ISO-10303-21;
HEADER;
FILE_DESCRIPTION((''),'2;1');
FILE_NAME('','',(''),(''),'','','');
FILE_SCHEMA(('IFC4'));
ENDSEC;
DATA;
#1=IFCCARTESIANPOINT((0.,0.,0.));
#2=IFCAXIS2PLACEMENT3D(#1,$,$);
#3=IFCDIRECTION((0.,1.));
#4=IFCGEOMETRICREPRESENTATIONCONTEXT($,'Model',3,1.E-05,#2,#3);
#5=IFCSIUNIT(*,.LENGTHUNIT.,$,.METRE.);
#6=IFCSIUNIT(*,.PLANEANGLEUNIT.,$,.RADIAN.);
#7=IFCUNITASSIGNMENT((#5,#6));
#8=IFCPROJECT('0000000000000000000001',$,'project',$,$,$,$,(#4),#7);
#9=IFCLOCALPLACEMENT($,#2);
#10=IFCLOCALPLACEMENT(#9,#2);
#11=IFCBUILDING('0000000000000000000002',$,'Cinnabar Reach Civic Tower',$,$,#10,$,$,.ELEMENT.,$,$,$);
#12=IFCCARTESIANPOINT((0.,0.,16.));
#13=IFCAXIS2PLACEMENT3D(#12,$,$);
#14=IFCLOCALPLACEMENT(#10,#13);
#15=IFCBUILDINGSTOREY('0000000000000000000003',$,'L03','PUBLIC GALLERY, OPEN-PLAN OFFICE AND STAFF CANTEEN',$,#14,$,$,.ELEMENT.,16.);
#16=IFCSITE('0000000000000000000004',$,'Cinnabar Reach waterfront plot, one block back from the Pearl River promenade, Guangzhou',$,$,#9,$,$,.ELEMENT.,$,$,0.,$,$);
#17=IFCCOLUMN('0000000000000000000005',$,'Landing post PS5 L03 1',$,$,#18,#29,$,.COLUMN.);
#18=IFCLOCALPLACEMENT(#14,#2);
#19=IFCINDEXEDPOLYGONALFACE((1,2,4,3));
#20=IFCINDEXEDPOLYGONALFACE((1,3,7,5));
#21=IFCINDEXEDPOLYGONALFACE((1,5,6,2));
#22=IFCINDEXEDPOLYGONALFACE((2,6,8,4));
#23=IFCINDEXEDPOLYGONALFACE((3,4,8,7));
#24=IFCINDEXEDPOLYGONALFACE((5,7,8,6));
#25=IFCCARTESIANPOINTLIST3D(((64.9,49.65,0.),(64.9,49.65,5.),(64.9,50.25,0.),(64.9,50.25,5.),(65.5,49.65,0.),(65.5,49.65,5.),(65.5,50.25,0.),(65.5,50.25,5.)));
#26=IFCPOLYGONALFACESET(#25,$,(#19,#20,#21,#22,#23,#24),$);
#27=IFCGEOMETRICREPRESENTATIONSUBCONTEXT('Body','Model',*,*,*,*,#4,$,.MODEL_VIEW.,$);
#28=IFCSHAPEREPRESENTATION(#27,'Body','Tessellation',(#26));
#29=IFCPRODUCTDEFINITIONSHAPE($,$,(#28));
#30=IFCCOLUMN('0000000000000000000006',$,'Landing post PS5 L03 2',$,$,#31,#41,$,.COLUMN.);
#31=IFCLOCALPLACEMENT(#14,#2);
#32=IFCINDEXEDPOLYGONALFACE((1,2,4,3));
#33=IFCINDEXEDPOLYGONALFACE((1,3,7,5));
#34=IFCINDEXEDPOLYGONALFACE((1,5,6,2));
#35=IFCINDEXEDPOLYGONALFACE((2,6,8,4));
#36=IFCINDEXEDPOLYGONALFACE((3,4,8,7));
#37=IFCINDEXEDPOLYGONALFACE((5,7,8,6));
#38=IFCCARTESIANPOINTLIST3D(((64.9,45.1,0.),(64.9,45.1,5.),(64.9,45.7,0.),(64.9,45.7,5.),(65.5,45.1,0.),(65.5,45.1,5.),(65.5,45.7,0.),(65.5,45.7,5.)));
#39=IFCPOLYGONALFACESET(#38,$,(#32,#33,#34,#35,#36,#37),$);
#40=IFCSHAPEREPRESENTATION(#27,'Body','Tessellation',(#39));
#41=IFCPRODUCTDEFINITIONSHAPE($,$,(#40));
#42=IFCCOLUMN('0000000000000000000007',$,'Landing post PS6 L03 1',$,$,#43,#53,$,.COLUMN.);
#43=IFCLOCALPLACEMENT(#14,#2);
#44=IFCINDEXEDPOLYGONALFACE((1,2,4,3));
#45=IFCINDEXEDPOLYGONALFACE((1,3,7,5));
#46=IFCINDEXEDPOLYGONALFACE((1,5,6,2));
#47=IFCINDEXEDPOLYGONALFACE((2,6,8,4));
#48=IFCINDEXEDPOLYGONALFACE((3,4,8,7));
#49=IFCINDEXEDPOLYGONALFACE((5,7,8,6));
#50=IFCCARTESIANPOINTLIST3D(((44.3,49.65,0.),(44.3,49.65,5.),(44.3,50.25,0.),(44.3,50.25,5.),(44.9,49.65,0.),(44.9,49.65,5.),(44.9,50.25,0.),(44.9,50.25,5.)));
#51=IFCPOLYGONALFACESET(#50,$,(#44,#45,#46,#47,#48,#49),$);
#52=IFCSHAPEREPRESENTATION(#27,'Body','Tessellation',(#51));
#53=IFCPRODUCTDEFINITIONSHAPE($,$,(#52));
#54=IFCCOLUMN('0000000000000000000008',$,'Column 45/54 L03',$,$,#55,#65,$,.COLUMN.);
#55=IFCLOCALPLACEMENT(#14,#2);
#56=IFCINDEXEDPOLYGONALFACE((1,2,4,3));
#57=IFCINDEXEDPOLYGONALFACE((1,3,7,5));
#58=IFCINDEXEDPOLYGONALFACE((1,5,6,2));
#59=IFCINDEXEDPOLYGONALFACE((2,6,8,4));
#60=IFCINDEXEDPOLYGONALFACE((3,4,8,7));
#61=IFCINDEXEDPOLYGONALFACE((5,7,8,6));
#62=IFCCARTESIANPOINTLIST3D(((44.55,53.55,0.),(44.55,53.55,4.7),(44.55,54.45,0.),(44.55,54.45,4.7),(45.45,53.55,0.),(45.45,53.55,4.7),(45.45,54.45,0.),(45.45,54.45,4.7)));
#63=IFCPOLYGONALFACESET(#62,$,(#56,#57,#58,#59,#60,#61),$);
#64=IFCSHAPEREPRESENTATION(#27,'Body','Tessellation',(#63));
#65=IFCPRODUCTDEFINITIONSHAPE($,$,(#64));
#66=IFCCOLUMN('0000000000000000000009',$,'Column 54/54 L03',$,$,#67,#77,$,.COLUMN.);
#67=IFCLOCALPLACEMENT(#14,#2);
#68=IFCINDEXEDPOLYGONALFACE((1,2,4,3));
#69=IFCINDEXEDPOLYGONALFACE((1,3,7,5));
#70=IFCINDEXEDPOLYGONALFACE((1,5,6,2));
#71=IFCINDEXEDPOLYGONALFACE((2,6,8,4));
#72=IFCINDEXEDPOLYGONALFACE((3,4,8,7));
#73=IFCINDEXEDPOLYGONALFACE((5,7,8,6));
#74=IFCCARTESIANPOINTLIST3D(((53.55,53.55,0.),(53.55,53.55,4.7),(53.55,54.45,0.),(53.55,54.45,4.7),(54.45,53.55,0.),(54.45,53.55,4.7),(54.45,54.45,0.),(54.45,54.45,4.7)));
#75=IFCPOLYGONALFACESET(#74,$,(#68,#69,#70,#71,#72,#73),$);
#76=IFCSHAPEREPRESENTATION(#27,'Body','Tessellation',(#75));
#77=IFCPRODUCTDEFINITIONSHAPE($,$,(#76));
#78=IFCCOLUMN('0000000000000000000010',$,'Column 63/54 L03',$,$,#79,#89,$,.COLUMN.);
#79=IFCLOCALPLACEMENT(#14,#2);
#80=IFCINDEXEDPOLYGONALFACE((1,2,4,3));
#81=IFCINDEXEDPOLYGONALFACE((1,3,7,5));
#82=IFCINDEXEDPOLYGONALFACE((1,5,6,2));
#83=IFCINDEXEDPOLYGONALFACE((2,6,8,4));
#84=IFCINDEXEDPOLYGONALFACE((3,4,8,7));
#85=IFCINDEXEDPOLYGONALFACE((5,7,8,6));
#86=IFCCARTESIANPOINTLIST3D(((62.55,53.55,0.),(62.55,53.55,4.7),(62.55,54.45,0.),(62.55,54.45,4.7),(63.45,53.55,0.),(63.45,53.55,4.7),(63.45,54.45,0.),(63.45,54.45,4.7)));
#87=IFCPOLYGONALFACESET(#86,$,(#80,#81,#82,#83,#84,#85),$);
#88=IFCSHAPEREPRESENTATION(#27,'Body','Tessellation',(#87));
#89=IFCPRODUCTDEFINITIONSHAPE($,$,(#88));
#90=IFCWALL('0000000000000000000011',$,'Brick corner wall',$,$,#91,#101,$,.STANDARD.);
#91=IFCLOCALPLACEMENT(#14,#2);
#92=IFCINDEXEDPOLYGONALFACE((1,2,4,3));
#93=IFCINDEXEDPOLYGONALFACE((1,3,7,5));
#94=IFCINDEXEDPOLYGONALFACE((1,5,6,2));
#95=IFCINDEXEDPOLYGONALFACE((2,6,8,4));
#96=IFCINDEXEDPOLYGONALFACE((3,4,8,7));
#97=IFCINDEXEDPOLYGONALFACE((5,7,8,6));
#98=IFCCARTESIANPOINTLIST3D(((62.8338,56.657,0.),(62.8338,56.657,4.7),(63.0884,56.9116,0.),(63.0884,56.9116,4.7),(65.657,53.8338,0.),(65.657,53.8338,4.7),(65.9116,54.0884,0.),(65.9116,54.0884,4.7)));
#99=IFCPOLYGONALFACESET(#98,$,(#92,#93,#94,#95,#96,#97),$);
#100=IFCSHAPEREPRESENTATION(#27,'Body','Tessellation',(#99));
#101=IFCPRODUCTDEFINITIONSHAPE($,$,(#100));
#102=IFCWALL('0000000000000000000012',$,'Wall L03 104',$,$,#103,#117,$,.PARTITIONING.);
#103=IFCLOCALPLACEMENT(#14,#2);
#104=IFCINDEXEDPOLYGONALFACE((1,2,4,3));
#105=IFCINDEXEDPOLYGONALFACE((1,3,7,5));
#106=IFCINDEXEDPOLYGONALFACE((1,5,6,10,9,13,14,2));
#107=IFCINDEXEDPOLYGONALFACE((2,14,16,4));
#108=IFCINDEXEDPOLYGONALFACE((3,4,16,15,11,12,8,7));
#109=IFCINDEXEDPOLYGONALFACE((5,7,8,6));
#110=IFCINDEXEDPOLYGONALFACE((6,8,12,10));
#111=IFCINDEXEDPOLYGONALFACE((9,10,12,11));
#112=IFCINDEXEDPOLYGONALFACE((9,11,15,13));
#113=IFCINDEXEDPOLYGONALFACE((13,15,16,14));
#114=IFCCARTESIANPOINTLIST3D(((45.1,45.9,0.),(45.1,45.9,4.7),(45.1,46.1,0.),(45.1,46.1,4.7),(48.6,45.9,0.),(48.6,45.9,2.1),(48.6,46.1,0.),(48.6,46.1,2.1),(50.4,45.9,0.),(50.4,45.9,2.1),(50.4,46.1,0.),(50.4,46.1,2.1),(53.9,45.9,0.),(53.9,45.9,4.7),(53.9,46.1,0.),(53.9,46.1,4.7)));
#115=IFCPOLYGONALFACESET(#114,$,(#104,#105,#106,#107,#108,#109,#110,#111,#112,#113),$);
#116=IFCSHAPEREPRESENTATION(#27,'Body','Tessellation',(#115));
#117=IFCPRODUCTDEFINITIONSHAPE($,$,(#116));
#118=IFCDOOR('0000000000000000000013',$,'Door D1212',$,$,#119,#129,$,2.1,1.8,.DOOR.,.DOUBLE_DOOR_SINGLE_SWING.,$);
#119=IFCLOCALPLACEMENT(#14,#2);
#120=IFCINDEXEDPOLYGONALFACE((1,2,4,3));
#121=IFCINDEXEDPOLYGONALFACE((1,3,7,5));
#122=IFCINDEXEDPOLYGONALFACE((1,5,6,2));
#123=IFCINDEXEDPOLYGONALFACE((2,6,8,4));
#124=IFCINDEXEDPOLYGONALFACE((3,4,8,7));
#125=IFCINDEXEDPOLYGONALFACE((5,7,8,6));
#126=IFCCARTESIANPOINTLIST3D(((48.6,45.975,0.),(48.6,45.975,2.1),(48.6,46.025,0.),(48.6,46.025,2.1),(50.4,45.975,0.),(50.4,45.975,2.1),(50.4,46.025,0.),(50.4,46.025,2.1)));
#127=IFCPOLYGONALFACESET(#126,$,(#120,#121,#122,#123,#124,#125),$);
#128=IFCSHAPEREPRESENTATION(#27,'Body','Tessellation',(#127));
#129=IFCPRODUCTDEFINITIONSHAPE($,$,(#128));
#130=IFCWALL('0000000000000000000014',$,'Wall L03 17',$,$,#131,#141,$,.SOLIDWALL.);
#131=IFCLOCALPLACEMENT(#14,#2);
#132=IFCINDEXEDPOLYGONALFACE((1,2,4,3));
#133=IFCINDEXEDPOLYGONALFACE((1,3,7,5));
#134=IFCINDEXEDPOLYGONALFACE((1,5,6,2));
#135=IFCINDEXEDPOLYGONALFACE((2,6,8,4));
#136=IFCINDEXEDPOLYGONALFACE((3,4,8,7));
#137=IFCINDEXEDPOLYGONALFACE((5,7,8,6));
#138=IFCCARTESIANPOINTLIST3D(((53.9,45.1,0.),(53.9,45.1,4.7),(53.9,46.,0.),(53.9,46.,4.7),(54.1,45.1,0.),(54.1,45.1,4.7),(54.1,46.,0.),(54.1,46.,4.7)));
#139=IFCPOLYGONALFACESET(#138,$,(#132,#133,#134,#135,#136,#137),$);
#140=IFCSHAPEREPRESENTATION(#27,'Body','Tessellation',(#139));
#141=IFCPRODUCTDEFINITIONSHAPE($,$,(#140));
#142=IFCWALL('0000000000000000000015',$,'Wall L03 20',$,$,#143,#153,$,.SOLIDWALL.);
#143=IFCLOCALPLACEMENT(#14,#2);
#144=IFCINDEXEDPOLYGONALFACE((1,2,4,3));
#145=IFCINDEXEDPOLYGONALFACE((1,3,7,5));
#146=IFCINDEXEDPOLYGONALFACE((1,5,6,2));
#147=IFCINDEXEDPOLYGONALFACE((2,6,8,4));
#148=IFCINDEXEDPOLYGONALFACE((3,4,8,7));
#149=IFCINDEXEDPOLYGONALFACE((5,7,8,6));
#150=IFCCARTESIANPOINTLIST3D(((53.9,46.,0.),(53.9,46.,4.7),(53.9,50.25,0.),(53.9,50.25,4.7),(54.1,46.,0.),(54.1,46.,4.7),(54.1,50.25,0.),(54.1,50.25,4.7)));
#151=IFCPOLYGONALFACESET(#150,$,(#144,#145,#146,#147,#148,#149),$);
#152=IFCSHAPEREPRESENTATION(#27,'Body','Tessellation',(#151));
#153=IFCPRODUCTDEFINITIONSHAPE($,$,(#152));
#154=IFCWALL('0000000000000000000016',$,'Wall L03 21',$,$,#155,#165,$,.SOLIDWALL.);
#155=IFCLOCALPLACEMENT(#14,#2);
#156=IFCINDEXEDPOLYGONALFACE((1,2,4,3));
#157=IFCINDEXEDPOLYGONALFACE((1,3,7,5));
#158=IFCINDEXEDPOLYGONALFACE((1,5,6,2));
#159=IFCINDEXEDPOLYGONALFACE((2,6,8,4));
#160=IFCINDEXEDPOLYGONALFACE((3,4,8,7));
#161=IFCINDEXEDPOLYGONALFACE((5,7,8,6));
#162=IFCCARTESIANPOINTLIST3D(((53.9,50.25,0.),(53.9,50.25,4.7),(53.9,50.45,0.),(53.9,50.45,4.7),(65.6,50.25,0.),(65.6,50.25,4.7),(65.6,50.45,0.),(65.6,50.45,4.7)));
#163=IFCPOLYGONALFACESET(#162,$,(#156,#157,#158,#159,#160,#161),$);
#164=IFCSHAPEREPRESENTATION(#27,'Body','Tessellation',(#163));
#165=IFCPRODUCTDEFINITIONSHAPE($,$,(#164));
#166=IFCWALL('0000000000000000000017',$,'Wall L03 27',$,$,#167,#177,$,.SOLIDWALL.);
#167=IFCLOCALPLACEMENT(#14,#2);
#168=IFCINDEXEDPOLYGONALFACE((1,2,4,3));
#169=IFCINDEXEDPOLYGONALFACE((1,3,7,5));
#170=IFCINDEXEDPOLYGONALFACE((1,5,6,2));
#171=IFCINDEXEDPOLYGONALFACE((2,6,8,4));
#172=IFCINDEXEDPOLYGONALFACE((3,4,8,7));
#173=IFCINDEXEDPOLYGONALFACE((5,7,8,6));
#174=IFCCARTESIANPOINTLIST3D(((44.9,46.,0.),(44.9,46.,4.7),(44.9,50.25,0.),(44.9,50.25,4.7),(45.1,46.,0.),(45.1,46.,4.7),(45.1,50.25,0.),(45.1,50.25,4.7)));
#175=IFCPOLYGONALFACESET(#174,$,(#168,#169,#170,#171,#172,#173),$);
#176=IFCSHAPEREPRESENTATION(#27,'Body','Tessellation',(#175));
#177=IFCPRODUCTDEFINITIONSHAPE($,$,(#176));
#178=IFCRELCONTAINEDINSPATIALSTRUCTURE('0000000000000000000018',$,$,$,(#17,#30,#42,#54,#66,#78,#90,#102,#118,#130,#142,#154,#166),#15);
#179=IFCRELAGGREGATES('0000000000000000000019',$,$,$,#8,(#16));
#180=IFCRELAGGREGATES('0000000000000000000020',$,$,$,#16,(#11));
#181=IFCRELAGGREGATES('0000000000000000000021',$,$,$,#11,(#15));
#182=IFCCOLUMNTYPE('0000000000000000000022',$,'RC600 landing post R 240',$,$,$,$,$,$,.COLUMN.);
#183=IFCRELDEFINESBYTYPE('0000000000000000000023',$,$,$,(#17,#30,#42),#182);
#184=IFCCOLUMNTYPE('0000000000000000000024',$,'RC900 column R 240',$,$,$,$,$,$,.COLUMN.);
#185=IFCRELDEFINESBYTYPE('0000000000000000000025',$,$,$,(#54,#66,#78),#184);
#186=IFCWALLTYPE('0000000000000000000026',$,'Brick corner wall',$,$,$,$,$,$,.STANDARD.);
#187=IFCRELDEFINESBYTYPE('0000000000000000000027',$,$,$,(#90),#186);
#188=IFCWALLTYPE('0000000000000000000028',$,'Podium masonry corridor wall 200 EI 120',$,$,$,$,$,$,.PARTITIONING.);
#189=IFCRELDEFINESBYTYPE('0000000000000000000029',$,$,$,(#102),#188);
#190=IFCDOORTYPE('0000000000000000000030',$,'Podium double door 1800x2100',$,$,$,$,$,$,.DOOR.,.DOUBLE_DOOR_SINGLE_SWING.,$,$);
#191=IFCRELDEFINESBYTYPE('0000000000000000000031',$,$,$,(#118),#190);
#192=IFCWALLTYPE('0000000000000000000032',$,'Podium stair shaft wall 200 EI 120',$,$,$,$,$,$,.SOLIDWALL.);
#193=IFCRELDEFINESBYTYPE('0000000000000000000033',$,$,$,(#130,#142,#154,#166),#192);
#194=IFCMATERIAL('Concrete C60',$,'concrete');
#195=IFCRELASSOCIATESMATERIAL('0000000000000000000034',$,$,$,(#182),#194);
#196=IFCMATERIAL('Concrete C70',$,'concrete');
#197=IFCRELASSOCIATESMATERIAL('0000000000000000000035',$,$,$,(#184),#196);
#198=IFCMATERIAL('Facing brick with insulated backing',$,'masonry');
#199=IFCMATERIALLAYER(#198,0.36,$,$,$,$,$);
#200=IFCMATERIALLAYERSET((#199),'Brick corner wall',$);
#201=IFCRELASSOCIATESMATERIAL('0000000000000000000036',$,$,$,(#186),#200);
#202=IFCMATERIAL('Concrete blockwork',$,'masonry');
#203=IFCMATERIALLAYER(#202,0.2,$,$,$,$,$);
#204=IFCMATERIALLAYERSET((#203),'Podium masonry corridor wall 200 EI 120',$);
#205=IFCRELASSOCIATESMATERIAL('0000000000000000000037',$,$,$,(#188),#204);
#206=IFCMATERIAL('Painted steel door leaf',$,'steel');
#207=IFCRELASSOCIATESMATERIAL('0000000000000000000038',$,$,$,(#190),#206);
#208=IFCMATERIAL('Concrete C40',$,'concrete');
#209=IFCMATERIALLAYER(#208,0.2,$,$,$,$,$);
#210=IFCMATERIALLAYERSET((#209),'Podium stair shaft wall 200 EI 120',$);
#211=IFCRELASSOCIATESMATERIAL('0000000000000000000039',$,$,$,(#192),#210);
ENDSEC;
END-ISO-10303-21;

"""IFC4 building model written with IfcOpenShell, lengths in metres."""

from ifc_helpers import new_model, si_unit, direction, frame, frame_2d, origin, origin_2d, place, context, subcontext, project, spatial, rectangle, extrude, material, layer, layer_set, material_profile, profile_set, type_object, element, fill, save


model = new_model("IFC4")

# Units and contexts
model_context = context("Model", 3, precision=1e-05, world=origin(), true_north=direction((0.0, 1.0)))
body_context = subcontext(model_context, "Body", "Model", "MODEL_VIEW")
ifc_project = project(units=[si_unit("LENGTHUNIT", "METRE"), si_unit("PLANEANGLEUNIT", "RADIAN")], contexts=[model_context])

# Site, building, storey
site_placement = place(None, origin())
site = spatial("IfcSite", under=ifc_project, at=site_placement, Name="Cinnabar Reach waterfront plot, one block back from the Pearl River promenade, Guangzhou", CompositionType="ELEMENT", RefElevation=0.0)
building_placement = place(site_placement, origin())
building = spatial("IfcBuilding", under=site, at=building_placement, Name="Cinnabar Reach Civic Tower", CompositionType="ELEMENT")
storey_placement = place(building_placement, frame((0.0, 0.0, 16.0)))
storey = spatial("IfcBuildingStorey", under=building, at=storey_placement, Name="L03", Description="PUBLIC GALLERY, OPEN-PLAN OFFICE AND STAFF CANTEEN", CompositionType="ELEMENT", Elevation=16.0)

# Columns
ifc_material_1 = material(Name="Concrete C60", Category="concrete")
ifc_material_profile_1 = material_profile(ifc_material_1, rectangle(XDim=0.6, YDim=0.6, at=origin_2d()), Name="RC600")
ifc_profile_set_1 = profile_set([ifc_material_profile_1], Name="Concrete C60")
column_type_1 = type_object("IfcColumnType", Name="RC600 landing post R 240", PredefinedType="COLUMN", material=ifc_profile_set_1)
for number, where, z_axis, x_axis, name in (
    (1, (65.2, 49.95, 0.0), (0.0, 0.0, 1.0), (1.0, 0.0, 0.0), "Landing post PS5 L03 1"),
    (2, (65.2, 45.4, 0.0), (0.0, 0.0, 1.0), (1.0, 0.0, 0.0), "Landing post PS5 L03 2"),
    (3, (44.6, 49.95, 0.0), (0.0, 0.0, 1.0), (1.0, 0.0, 0.0), "Landing post PS6 L03 1"),
):
    element("IfcColumn", number, at=place(storey_placement, frame(where, z_axis=z_axis, x_axis=x_axis)), inside=storey, type_object=column_type_1, Name=name, PredefinedType="COLUMN", context=body_context, shape_type="SweptSolid", body=[
        extrude(rectangle(XDim=0.6, YDim=0.6, at=origin_2d()), origin(), (0.0, 0.0, 1.0), 5.0),
    ])
ifc_material_2 = material(Name="Concrete C70", Category="concrete")
ifc_material_profile_2 = material_profile(ifc_material_2, rectangle(XDim=0.9, YDim=0.9, at=origin_2d()), Name="RC900")
ifc_profile_set_2 = profile_set([ifc_material_profile_2], Name="Concrete C70")
column_type_2 = type_object("IfcColumnType", Name="RC900 column R 240", PredefinedType="COLUMN", material=ifc_profile_set_2)
for number, where, z_axis, x_axis, name in (
    (4, (45.0, 54.0, 0.0), (0.0, 0.0, 1.0), (1.0, 0.0, 0.0), "Column 45/54 L03"),
    (5, (54.0, 54.0, 0.0), (0.0, 0.0, 1.0), (1.0, 0.0, 0.0), "Column 54/54 L03"),
    (6, (63.0, 54.0, 0.0), (0.0, 0.0, 1.0), (1.0, 0.0, 0.0), "Column 63/54 L03"),
):
    element("IfcColumn", number, at=place(storey_placement, frame(where, z_axis=z_axis, x_axis=x_axis)), inside=storey, type_object=column_type_2, Name=name, PredefinedType="COLUMN", context=body_context, shape_type="SweptSolid", body=[
        extrude(rectangle(XDim=0.9, YDim=0.9, at=origin_2d()), origin(), (0.0, 0.0, 1.0), 4.7),
    ])

# Wall
ifc_material_3 = material(Name="Facing brick with insulated backing", Category="masonry")
ifc_layer_1 = layer(ifc_material_3, 0.36)
ifc_layer_set_1 = layer_set([ifc_layer_1], Name="Brick corner wall")
wall_type_1 = type_object("IfcWallType", Name="Brick corner wall", PredefinedType="STANDARD", material=ifc_layer_set_1)
wall_1_placement = place(storey_placement, frame((65.7843, 53.9611, 0.0), z_axis=(0.0, 0.0, 1.0), x_axis=(-0.707107, 0.707107, 0.0)))
element("IfcWall", 7, at=wall_1_placement, inside=storey, type_object=wall_type_1, Name="Brick corner wall", PredefinedType="STANDARD", context=body_context, shape_type="SweptSolid", body=[
    extrude(rectangle(XDim=3.9926, YDim=0.36, at=frame_2d((1.9963, 0.0))), origin(), (0.0, 0.0, 1.0), 4.7),
])

# Wall, opening, door
ifc_material_4 = material(Name="Concrete blockwork", Category="masonry")
ifc_layer_2 = layer(ifc_material_4, 0.2)
ifc_layer_set_2 = layer_set([ifc_layer_2], Name="Podium masonry corridor wall 200 EI 120")
wall_type_2 = type_object("IfcWallType", Name="Podium masonry corridor wall 200 EI 120", PredefinedType="PARTITIONING", material=ifc_layer_set_2)
wall_2_placement = place(storey_placement, frame((45.1, 46.0, 0.0), z_axis=(0.0, 0.0, 1.0), x_axis=(1.0, 0.0, 0.0)))
wall_2 = element("IfcWall", 8, at=wall_2_placement, inside=storey, type_object=wall_type_2, Name="Wall L03 104", PredefinedType="PARTITIONING", context=body_context, shape_type="SweptSolid", body=[
    extrude(rectangle(XDim=8.8, YDim=0.2, at=frame_2d((4.4, 0.0))), origin(), (0.0, 0.0, 1.0), 4.7),
])
opening_placement = place(wall_2_placement, frame((3.5, 0.0, 0.0)))
opening = element("IfcOpeningElement", 9, at=opening_placement, cuts=wall_2, PredefinedType="OPENING", context=body_context, shape_type="SweptSolid", body=[
    extrude(rectangle(XDim=1.8, YDim=2.1, at=frame_2d((0.9, 1.05))), frame((0.0, 0.11, 0.0), z_axis=(0.0, -1.0, 0.0), x_axis=(1.0, 0.0, 0.0)), (0.0, 0.0, 1.0), 0.22),
])
ifc_material_5 = material(Name="Painted steel door leaf", Category="steel")
door_type = type_object("IfcDoorType", Name="Podium double door 1800x2100", OperationType="DOUBLE_DOOR_SINGLE_SWING", PredefinedType="DOOR", material=ifc_material_5)
door_placement = place(opening_placement, frame((1.8, 0.0, 0.0), z_axis=(0.0, 0.0, 1.0), x_axis=(-1.0, 0.0, 0.0)))
door = element("IfcDoor", 10, at=door_placement, inside=storey, type_object=door_type, Name="Door D1212", OperationType="DOUBLE_DOOR_SINGLE_SWING", OverallHeight=2.1, OverallWidth=1.8, PredefinedType="DOOR", context=body_context, shape_type="SweptSolid", body=[
    extrude(rectangle(XDim=1.8, YDim=2.1, at=frame_2d((0.9, 1.05))), frame((0.0, 0.025, 0.0), z_axis=(0.0, -1.0, 0.0), x_axis=(1.0, 0.0, 0.0)), (0.0, 0.0, 1.0), 0.05),
])
fill(opening, door)

# Walls
ifc_material_6 = material(Name="Concrete C40", Category="concrete")
ifc_layer_3 = layer(ifc_material_6, 0.2)
ifc_layer_set_3 = layer_set([ifc_layer_3], Name="Podium stair shaft wall 200 EI 120")
wall_type_3 = type_object("IfcWallType", Name="Podium stair shaft wall 200 EI 120", PredefinedType="SOLIDWALL", material=ifc_layer_set_3)
wall_3_placement = place(storey_placement, frame((54.0, 45.1, 0.0), z_axis=(0.0, 0.0, 1.0), x_axis=(0.0, 1.0, 0.0)))
element("IfcWall", 11, at=wall_3_placement, inside=storey, type_object=wall_type_3, Name="Wall L03 17", PredefinedType="SOLIDWALL", context=body_context, shape_type="SweptSolid", body=[
    extrude(rectangle(XDim=0.9, YDim=0.2, at=frame_2d((0.45, 0.0))), origin(), (0.0, 0.0, 1.0), 4.7),
])
wall_4_placement = place(storey_placement, frame((54.0, 46.0, 0.0), z_axis=(0.0, 0.0, 1.0), x_axis=(0.0, 1.0, 0.0)))
element("IfcWall", 12, at=wall_4_placement, inside=storey, type_object=wall_type_3, Name="Wall L03 20", PredefinedType="SOLIDWALL", context=body_context, shape_type="SweptSolid", body=[
    extrude(rectangle(XDim=4.25, YDim=0.2, at=frame_2d((2.125, 0.0))), origin(), (0.0, 0.0, 1.0), 4.7),
])
wall_5_placement = place(storey_placement, frame((53.9, 50.35, 0.0), z_axis=(0.0, 0.0, 1.0), x_axis=(1.0, 0.0, 0.0)))
element("IfcWall", 13, at=wall_5_placement, inside=storey, type_object=wall_type_3, Name="Wall L03 21", PredefinedType="SOLIDWALL", context=body_context, shape_type="SweptSolid", body=[
    extrude(rectangle(XDim=11.7, YDim=0.2, at=frame_2d((5.85, 0.0))), origin(), (0.0, 0.0, 1.0), 4.7),
])
wall_6_placement = place(storey_placement, frame((45.0, 46.0, 0.0), z_axis=(0.0, 0.0, 1.0), x_axis=(0.0, 1.0, 0.0)))
element("IfcWall", 14, at=wall_6_placement, inside=storey, type_object=wall_type_3, Name="Wall L03 27", PredefinedType="SOLIDWALL", context=body_context, shape_type="SweptSolid", body=[
    extrude(rectangle(XDim=4.25, YDim=0.2, at=frame_2d((2.125, 0.0))), origin(), (0.0, 0.0, 1.0), 4.7),
])

save(model, "model.ifc")
